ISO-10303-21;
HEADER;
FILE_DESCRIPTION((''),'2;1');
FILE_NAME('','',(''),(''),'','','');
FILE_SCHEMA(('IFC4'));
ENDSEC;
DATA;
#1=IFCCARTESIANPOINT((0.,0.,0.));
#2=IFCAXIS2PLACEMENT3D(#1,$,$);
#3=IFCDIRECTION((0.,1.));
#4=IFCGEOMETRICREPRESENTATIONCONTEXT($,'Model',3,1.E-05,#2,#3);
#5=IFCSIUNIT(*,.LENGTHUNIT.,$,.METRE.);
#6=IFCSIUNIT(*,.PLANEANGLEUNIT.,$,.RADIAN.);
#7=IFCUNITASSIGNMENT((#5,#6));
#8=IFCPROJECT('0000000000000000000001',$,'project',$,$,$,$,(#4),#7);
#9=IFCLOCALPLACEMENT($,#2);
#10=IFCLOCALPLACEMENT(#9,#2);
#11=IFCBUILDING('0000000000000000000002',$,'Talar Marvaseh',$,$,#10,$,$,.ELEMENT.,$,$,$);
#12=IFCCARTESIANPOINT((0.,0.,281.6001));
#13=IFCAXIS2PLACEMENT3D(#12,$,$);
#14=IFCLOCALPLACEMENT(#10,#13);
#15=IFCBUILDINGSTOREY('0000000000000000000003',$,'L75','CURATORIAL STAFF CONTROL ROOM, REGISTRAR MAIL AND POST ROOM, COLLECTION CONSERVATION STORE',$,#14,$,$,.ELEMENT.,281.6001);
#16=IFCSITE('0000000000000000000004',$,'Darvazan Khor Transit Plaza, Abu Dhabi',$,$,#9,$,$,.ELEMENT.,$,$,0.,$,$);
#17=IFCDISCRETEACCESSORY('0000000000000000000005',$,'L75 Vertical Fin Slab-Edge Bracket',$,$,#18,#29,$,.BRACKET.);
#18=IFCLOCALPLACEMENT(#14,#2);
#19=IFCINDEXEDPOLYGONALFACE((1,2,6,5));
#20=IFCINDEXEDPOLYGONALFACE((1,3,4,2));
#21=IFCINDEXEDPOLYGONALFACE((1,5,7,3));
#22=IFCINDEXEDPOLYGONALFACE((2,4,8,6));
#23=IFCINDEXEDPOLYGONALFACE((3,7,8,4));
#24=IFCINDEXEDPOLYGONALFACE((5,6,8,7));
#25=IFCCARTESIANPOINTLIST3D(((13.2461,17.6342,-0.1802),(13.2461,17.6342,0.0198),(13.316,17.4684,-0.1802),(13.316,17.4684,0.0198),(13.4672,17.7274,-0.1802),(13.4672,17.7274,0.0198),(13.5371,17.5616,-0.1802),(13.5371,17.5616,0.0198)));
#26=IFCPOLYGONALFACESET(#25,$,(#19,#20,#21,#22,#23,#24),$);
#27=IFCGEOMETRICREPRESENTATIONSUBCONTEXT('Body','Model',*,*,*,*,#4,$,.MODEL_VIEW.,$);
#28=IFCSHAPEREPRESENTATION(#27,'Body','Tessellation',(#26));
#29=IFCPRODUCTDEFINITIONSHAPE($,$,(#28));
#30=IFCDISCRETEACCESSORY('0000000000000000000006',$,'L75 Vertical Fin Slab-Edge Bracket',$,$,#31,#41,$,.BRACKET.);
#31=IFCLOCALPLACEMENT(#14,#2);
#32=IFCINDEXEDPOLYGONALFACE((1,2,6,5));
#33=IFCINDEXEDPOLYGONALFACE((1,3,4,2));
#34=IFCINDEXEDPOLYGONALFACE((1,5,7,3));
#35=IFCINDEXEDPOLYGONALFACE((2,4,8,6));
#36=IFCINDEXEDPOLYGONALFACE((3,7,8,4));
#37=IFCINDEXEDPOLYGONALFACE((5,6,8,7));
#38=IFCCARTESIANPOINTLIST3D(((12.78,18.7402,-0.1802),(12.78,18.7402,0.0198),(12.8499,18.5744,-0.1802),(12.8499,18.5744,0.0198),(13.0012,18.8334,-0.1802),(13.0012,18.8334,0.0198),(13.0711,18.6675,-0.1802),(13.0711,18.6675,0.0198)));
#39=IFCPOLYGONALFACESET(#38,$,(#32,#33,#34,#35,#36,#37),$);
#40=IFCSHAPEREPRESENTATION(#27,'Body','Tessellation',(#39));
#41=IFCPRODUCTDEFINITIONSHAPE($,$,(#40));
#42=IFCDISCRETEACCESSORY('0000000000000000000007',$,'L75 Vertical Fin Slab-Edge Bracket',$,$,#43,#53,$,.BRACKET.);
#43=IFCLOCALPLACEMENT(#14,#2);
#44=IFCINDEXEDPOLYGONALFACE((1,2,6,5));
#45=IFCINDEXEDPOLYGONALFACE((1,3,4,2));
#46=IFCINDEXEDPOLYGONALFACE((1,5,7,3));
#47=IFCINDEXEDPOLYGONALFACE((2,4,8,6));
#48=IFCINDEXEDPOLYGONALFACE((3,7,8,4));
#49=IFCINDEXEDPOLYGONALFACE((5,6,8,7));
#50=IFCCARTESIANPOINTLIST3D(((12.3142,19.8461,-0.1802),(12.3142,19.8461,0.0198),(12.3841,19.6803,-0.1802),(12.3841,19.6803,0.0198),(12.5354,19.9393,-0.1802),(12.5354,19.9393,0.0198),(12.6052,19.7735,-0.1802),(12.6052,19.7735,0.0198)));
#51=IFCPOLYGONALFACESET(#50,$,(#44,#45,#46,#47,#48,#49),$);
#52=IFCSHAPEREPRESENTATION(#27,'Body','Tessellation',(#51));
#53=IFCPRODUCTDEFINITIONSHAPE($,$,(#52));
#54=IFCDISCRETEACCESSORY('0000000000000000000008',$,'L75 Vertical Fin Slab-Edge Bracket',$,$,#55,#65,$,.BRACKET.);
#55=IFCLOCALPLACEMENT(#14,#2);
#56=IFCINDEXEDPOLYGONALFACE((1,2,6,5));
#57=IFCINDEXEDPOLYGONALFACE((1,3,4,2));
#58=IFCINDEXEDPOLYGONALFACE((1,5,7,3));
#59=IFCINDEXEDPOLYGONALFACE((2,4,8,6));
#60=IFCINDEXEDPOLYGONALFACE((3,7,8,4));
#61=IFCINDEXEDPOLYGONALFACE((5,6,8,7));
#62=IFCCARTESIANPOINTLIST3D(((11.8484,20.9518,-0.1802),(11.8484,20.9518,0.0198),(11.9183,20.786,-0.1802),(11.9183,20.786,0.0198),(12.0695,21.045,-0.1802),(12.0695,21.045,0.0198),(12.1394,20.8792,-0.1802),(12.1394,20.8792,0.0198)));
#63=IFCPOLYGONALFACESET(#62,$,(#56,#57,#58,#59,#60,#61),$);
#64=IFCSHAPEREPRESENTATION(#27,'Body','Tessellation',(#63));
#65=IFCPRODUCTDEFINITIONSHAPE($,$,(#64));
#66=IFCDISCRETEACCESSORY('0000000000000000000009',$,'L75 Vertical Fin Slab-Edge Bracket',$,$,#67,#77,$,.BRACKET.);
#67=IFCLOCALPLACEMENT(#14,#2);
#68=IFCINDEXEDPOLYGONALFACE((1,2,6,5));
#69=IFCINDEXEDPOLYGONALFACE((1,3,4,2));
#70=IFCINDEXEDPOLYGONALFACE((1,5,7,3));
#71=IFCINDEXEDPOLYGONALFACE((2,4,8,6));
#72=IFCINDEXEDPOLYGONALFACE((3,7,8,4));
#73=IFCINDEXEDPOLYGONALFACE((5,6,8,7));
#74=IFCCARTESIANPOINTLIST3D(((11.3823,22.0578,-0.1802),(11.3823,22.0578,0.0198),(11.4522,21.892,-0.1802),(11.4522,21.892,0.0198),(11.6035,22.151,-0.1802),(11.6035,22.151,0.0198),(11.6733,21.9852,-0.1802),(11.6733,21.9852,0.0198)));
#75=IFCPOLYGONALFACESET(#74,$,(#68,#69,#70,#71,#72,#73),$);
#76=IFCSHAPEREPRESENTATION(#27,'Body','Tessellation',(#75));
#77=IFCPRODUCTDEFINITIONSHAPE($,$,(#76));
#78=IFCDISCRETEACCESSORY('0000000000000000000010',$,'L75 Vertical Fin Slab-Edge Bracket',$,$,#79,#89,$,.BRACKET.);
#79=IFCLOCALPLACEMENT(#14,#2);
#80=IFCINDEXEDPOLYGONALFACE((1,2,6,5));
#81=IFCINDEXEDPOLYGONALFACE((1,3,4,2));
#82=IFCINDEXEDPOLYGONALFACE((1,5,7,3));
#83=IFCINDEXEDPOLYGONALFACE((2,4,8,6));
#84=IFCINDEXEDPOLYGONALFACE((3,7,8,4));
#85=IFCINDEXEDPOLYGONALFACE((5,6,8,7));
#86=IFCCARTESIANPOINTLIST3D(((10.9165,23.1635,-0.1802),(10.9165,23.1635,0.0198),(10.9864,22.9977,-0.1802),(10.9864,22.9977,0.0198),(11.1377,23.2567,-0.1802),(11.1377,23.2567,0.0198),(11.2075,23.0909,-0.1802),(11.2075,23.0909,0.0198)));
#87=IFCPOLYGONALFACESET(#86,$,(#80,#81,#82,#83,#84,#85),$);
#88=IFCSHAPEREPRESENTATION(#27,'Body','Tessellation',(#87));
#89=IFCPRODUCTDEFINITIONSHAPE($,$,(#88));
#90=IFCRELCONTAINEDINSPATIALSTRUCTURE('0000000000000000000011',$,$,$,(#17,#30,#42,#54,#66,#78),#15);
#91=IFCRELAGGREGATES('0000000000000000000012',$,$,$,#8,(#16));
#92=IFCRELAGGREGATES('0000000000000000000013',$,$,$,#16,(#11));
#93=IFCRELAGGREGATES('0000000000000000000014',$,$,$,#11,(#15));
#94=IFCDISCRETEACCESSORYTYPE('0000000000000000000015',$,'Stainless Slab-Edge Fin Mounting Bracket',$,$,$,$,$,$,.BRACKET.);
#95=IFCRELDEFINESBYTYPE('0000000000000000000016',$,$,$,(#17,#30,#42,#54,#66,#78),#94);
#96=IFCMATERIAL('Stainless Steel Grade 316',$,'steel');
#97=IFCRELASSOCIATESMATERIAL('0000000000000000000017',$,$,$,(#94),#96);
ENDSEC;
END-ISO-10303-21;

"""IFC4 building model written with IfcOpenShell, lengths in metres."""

from ifc_helpers import new_model, si_unit, direction, frame, origin, origin_2d, place, context, subcontext, project, spatial, rectangle, extrude, source, transform, mapped, material, type_object, type_shapes, element, save


model = new_model("IFC4")

# Units and contexts
model_context = context("Model", 3, precision=1e-05, world=origin(), true_north=direction((0.0, 1.0)))
body_context = subcontext(model_context, "Body", "Model", "MODEL_VIEW")
ifc_project = project(units=[si_unit("LENGTHUNIT", "METRE"), si_unit("PLANEANGLEUNIT", "RADIAN")], contexts=[model_context])

# Site, building, storey
site_placement = place(None, origin())
site = spatial("IfcSite", under=ifc_project, at=site_placement, Name="Darvazan Khor Transit Plaza, Abu Dhabi", CompositionType="ELEMENT", RefElevation=0.0)
building_placement = place(site_placement, origin())
building = spatial("IfcBuilding", under=site, at=building_placement, Name="Talar Marvaseh", CompositionType="ELEMENT")
storey_placement = place(building_placement, frame((0.0, 0.0, 281.6001)))
storey = spatial("IfcBuildingStorey", under=building, at=storey_placement, Name="L75", Description="CURATORIAL STAFF CONTROL ROOM, REGISTRAR MAIL AND POST ROOM, COLLECTION CONSERVATION STORE", CompositionType="ELEMENT", Elevation=281.6001)

# Discrete accessories
ifc_material_1 = material(Name="Stainless Steel Grade 316", Category="steel")
discrete_accessory_type = type_object("IfcDiscreteAccessoryType", Name="Stainless Slab-Edge Fin Mounting Bracket", PredefinedType="BRACKET", material=ifc_material_1)
shared_shape_1 = source(origin(), body_context, "Body", "SweptSolid", [
    extrude(rectangle(XDim=0.24, YDim=0.1799, at=origin_2d()), origin(), (0.0, 0.0, 1.0), 0.2),
])
type_shapes(discrete_accessory_type, [shared_shape_1])
for number, where, z_axis, x_axis, name in (
    (1, (13.3916, 17.5979, -0.1802), (0.0, 0.0, 1.0), (-0.921525, -0.38832, 0.0), "L75 Vertical Fin Slab-Edge Bracket"),
    (2, (12.9255, 18.7039, -0.1802), (0.0, 0.0, 1.0), (-0.921525, -0.38832, 0.0), "L75 Vertical Fin Slab-Edge Bracket"),
    (3, (12.4597, 19.8098, -0.1802), (0.0, 0.0, 1.0), (-0.921525, -0.38832, 0.0), "L75 Vertical Fin Slab-Edge Bracket"),
    (4, (11.9939, 20.9155, -0.1802), (0.0, 0.0, 1.0), (-0.921525, -0.38832, 0.0), "L75 Vertical Fin Slab-Edge Bracket"),
    (5, (11.5278, 22.0215, -0.1802), (0.0, 0.0, 1.0), (-0.921525, -0.38832, 0.0), "L75 Vertical Fin Slab-Edge Bracket"),
    (6, (11.062, 23.1272, -0.1802), (0.0, 0.0, 1.0), (-0.921525, -0.38832, 0.0), "L75 Vertical Fin Slab-Edge Bracket"),
):
    element("IfcDiscreteAccessory", number, at=place(storey_placement, frame(where, z_axis=z_axis, x_axis=x_axis)), inside=storey, type_object=discrete_accessory_type, Name=name, PredefinedType="BRACKET", context=body_context, shape_type="MappedRepresentation", body=[
        mapped(shared_shape_1, transform((0.0, 0.0, 0.0), x_axis=(1.0, 0.0, 0.0), y_axis=(0.0, 1.0, 0.0), z_axis=(0.0, 0.0, 1.0), scale=1.0)),
    ])

save(model, "model.ifc")
